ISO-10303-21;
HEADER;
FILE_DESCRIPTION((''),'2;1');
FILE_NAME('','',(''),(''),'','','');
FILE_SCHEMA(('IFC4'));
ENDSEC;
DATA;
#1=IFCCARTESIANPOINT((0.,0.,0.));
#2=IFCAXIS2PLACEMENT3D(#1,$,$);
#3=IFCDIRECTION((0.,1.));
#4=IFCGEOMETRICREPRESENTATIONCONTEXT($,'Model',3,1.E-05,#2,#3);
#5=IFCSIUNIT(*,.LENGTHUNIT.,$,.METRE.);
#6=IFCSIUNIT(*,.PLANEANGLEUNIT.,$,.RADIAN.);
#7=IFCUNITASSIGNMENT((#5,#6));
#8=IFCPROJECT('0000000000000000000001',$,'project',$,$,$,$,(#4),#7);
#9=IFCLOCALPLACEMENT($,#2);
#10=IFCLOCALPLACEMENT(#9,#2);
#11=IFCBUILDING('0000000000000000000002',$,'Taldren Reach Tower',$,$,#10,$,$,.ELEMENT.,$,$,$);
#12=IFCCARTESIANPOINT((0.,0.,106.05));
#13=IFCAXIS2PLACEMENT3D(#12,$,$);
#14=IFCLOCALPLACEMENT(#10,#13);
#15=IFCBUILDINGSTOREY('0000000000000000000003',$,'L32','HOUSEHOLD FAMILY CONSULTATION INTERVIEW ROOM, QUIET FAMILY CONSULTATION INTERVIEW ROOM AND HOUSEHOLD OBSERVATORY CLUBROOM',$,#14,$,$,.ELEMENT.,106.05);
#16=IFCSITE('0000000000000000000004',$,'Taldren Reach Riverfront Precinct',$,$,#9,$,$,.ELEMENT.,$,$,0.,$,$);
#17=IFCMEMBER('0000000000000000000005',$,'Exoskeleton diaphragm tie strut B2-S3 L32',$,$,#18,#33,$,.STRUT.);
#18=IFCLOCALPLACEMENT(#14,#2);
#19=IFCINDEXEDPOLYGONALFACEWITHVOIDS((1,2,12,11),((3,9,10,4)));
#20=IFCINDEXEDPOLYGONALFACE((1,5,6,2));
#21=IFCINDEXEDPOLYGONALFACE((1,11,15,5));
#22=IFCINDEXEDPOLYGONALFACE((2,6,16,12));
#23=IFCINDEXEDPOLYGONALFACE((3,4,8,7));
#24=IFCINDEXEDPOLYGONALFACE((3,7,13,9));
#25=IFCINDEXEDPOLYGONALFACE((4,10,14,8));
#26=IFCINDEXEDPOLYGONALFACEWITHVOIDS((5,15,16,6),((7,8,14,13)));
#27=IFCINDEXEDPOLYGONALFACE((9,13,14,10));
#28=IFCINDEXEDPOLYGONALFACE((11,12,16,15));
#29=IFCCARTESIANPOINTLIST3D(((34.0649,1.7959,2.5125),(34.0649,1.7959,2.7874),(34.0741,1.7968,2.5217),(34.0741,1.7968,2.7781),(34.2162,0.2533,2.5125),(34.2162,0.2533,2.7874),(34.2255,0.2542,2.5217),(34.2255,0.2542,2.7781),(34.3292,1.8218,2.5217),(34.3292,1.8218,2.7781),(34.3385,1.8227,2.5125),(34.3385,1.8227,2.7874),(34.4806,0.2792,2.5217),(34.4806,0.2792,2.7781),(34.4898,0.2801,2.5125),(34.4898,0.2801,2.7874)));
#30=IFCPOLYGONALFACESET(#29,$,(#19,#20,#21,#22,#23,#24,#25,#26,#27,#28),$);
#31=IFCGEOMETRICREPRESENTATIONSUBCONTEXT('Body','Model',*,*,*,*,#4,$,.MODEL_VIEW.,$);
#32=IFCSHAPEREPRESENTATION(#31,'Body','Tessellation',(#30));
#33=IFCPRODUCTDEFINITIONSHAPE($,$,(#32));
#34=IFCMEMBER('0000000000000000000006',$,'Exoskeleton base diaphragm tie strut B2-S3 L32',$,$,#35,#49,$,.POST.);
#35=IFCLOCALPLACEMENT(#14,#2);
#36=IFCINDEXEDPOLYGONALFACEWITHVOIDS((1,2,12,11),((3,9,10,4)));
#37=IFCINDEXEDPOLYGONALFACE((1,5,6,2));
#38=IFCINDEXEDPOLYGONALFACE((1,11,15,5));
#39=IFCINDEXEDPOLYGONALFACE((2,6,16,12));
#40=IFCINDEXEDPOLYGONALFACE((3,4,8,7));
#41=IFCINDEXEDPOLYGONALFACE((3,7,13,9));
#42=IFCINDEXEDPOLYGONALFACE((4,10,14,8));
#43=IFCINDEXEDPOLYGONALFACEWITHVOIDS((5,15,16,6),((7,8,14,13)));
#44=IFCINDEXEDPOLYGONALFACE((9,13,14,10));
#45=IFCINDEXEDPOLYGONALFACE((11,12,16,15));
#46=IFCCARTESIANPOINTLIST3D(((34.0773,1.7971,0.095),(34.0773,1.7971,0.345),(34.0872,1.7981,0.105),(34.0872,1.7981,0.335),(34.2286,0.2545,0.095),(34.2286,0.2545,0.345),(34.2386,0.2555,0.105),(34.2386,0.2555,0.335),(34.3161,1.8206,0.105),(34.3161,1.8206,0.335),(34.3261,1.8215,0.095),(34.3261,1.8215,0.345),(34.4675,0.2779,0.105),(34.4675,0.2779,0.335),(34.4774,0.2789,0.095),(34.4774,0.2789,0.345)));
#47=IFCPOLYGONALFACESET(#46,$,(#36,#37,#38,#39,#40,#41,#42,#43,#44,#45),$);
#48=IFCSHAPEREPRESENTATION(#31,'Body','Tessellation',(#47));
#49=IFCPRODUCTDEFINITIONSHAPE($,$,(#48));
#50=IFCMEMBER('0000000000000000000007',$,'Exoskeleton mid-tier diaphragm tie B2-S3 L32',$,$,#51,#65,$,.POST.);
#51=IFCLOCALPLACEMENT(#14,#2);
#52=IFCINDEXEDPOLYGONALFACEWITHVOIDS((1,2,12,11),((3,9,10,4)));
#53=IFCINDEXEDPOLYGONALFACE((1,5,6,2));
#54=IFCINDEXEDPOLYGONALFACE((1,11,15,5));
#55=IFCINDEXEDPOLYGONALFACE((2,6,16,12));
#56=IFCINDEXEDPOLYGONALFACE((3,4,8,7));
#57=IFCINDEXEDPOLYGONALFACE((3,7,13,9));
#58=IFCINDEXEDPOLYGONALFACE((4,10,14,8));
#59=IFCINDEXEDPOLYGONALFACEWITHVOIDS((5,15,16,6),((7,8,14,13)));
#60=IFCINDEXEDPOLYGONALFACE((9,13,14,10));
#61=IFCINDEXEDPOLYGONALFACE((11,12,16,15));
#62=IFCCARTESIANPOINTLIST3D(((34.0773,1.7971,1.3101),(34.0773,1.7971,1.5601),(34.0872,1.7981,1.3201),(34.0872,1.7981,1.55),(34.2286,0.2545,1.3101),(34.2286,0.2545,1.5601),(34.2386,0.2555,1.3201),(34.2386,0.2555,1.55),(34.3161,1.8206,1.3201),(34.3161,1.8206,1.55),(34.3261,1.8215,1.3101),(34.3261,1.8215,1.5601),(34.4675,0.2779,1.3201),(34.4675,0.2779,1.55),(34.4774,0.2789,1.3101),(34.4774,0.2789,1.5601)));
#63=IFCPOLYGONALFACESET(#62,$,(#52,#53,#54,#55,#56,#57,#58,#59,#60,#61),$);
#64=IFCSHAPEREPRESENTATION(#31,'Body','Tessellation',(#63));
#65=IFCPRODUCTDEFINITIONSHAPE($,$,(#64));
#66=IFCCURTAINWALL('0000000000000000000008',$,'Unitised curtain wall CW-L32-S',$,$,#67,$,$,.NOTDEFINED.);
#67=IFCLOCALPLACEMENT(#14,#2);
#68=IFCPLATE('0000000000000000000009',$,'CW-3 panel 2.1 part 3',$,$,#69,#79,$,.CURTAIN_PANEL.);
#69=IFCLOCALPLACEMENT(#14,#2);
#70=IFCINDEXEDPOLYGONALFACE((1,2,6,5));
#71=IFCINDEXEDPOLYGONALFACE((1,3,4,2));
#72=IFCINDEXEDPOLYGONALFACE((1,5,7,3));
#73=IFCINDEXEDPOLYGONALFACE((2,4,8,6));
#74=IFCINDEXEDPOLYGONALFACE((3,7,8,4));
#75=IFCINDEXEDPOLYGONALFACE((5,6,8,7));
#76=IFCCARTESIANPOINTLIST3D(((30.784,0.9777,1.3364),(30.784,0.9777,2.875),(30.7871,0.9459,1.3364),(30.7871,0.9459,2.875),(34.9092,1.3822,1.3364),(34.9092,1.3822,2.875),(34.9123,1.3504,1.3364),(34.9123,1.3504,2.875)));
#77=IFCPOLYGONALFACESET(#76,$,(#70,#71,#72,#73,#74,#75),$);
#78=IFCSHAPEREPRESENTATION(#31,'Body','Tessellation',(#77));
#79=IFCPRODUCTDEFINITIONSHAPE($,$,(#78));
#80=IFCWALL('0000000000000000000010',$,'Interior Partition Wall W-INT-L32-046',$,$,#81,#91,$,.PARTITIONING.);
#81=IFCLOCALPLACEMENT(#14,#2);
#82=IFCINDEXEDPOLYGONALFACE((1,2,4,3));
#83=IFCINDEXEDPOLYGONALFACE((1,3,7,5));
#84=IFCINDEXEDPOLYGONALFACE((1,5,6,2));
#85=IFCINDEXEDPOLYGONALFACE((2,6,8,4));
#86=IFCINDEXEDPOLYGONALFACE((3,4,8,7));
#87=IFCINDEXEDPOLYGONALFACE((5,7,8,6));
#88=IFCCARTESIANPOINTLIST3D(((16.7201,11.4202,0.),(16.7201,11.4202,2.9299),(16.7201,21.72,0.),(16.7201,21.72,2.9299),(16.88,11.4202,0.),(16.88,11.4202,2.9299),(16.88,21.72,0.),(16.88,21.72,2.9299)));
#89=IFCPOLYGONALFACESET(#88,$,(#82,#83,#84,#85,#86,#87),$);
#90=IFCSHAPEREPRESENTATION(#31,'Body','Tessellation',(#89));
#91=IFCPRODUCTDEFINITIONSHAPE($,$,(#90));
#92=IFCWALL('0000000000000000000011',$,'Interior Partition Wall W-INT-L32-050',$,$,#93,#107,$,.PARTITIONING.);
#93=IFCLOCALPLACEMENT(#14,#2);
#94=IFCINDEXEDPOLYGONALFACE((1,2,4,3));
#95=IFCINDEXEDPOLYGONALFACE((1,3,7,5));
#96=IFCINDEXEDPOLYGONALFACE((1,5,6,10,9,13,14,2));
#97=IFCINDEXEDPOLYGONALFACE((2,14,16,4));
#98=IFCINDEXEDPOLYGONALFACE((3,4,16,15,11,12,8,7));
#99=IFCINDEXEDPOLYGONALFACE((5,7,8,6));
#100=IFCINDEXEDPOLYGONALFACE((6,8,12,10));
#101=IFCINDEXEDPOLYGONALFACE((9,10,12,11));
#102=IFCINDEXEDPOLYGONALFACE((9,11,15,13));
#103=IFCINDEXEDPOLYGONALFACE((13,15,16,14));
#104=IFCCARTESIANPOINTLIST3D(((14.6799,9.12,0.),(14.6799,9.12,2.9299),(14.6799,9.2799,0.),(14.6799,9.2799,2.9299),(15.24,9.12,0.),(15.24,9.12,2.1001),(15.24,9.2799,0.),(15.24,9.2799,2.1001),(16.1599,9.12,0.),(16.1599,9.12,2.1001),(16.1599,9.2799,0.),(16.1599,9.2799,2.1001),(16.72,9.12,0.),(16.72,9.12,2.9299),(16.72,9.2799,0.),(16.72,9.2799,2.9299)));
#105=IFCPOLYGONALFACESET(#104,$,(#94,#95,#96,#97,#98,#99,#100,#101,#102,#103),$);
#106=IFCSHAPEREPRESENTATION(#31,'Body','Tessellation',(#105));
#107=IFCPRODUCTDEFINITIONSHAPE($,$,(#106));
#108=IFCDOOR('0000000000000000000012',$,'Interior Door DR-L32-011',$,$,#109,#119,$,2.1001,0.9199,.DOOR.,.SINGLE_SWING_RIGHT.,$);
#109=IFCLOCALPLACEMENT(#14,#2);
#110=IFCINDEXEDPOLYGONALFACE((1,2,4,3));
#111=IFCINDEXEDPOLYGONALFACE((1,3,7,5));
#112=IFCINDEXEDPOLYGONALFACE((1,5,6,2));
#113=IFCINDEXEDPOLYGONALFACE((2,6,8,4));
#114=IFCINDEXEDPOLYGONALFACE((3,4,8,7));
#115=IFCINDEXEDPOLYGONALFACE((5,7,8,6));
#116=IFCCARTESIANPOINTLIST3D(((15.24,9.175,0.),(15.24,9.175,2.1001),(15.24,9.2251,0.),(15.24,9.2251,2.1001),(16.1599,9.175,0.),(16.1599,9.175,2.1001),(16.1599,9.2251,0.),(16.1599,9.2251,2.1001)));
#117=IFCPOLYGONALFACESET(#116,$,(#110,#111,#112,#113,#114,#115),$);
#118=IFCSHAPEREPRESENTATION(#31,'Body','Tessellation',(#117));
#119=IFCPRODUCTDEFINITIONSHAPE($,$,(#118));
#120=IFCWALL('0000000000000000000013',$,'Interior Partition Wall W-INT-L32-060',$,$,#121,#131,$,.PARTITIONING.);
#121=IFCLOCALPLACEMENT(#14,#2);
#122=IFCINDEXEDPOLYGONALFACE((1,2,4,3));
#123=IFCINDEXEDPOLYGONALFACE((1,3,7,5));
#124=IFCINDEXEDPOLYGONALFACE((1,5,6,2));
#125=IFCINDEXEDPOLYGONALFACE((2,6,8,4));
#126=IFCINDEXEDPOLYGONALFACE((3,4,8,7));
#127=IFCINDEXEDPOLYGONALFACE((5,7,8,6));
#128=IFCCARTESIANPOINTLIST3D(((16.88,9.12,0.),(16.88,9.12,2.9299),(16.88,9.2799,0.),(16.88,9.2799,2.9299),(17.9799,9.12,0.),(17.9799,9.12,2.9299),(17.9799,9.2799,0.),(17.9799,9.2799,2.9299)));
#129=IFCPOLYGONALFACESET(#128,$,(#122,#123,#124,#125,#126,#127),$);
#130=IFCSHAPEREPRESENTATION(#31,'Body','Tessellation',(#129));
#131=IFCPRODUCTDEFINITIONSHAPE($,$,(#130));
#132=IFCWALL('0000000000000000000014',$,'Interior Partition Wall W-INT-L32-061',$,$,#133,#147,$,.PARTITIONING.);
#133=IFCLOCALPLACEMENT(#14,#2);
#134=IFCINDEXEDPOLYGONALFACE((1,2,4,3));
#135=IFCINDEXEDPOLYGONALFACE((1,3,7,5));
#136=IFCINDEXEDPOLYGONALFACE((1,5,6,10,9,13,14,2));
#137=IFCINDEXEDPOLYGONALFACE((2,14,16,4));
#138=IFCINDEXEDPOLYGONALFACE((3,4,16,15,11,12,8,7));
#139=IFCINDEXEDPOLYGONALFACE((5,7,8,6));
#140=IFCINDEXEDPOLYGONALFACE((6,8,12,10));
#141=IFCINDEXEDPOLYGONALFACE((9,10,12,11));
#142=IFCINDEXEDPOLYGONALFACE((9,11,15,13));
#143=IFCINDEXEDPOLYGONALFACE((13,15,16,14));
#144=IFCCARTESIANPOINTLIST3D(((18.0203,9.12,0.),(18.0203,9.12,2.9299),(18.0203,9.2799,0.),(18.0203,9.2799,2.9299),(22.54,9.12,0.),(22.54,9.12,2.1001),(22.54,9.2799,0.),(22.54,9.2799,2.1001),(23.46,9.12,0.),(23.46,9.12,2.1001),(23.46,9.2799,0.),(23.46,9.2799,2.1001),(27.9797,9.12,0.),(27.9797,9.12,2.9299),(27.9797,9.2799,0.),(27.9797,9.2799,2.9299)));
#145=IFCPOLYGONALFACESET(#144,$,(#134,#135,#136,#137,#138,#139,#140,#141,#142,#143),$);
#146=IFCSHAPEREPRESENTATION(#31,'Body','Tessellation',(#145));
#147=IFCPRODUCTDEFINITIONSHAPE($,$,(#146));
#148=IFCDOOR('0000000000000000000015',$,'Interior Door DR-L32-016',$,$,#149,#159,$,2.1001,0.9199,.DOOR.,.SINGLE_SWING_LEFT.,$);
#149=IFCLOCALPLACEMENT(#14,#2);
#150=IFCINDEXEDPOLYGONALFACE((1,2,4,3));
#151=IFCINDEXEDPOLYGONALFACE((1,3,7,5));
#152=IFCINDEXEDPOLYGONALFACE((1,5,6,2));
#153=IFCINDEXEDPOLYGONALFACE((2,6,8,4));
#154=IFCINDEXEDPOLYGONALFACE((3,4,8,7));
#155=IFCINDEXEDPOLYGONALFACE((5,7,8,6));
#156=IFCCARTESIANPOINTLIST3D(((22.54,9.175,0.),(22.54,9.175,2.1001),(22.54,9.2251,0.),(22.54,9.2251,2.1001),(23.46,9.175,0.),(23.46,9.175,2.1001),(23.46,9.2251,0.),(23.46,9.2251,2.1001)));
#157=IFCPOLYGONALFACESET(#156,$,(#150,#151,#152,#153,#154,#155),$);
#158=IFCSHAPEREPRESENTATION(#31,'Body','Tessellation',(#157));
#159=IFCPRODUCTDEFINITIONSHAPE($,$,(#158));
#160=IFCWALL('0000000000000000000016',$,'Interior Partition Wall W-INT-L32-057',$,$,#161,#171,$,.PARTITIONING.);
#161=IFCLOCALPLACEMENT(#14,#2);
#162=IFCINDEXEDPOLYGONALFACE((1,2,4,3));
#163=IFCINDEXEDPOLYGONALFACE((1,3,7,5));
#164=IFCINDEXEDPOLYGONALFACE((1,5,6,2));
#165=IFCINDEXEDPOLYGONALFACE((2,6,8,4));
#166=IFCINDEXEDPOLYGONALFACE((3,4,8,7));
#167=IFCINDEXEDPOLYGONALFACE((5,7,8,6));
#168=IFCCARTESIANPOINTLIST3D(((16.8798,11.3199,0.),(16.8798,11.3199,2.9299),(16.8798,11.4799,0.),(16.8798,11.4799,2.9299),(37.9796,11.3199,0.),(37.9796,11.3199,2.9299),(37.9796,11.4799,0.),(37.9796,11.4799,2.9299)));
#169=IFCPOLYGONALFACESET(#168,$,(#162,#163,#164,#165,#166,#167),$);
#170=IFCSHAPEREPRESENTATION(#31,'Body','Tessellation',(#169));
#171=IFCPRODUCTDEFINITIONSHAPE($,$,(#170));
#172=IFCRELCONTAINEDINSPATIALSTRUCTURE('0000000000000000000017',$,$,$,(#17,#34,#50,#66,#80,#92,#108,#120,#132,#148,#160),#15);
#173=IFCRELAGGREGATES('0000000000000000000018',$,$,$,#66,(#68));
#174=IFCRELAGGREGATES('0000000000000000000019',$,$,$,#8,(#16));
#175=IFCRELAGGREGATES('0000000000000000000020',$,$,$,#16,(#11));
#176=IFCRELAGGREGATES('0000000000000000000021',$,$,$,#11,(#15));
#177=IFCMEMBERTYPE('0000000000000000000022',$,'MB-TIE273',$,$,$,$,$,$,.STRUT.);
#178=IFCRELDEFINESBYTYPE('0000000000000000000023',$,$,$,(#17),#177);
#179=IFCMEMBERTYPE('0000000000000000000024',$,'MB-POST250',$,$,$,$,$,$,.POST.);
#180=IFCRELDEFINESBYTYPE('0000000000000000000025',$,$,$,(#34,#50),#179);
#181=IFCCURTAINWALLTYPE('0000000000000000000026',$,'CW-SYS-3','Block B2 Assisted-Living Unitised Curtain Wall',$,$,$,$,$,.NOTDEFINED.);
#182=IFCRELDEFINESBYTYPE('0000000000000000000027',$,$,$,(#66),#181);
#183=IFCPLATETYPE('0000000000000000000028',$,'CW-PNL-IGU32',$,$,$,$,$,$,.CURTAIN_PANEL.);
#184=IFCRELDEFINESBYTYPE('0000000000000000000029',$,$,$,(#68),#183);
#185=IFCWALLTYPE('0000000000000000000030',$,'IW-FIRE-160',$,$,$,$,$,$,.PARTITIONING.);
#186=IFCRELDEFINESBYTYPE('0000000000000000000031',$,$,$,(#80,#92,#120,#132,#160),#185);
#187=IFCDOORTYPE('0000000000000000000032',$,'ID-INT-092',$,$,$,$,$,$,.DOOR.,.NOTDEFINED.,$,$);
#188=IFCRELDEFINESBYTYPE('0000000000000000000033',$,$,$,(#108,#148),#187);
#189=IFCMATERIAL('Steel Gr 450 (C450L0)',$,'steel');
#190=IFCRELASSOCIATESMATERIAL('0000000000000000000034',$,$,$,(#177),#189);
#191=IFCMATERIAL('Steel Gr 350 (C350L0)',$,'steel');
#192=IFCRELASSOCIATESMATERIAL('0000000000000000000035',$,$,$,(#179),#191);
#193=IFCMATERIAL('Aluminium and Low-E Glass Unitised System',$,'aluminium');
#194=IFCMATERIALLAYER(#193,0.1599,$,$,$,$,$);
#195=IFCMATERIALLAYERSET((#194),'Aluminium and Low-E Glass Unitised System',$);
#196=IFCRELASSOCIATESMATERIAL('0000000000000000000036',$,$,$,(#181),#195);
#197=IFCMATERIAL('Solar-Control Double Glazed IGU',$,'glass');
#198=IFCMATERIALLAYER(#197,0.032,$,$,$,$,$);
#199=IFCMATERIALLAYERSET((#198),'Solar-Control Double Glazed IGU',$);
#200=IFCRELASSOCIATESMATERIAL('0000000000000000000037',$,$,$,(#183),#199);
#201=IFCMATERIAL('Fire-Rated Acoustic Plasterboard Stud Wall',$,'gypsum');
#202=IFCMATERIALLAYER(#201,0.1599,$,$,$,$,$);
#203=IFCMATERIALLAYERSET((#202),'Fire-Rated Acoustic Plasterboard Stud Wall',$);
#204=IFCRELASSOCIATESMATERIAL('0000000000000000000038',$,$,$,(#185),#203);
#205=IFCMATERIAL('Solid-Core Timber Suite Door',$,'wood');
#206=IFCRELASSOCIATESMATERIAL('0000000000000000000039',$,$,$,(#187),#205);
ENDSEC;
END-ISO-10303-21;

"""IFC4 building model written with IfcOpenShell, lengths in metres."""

from ifc_helpers import new_model, si_unit, direction, frame, frame_2d, origin, origin_2d, place, context, subcontext, project, spatial, rectangle, hollow_rectangle, extrude, source, transform, mapped, material, layer, layer_set, material_profile, profile_set, type_object, element, fill, aggregate, save


model = new_model("IFC4")

# Units and contexts
model_context = context("Model", 3, precision=1e-05, world=origin(), true_north=direction((0.0, 1.0)))
body_context = subcontext(model_context, "Body", "Model", "MODEL_VIEW")
ifc_project = project(units=[si_unit("LENGTHUNIT", "METRE"), si_unit("PLANEANGLEUNIT", "RADIAN")], contexts=[model_context])

# Site, building, storey
site_placement = place(None, origin())
site = spatial("IfcSite", under=ifc_project, at=site_placement, Name="Taldren Reach Riverfront Precinct", CompositionType="ELEMENT", RefElevation=0.0)
building_placement = place(site_placement, origin())
building = spatial("IfcBuilding", under=site, at=building_placement, Name="Taldren Reach Tower", CompositionType="ELEMENT")
storey_placement = place(building_placement, frame((0.0, 0.0, 106.05)))
storey = spatial("IfcBuildingStorey", under=building, at=storey_placement, Name="L32", Description="HOUSEHOLD FAMILY CONSULTATION INTERVIEW ROOM, QUIET FAMILY CONSULTATION INTERVIEW ROOM AND HOUSEHOLD OBSERVATORY CLUBROOM", CompositionType="ELEMENT", Elevation=106.05)

# Members
ifc_material_1 = material(Name="Steel Gr 450 (C450L0)", Category="steel")
ifc_material_profile_1 = material_profile(ifc_material_1, hollow_rectangle(XDim=0.2749, YDim=0.2749, WallThickness=0.0093, at=origin_2d()), Name="275x275x9.3SHS")
ifc_profile_set_1 = profile_set([ifc_material_profile_1], Name="Steel Gr 450 (C450L0)")
member_type_1 = type_object("IfcMemberType", Name="MB-TIE273", PredefinedType="STRUT", material=ifc_profile_set_1)
shared_shape_1 = source(origin(), body_context, "Body", "SweptSolid", [
    extrude(hollow_rectangle(XDim=0.2749, YDim=0.2749, WallThickness=0.0093, at=origin_2d()), origin(), (0.0, 0.0, 1.0), 1.55),
])
member_placement = place(storey_placement, frame((34.2017, 1.8093, 2.6499), z_axis=(0.097648, -0.995221, 0.0), x_axis=(0.995221, 0.097648, 0.0)))
element("IfcMember", 1, at=member_placement, inside=storey, type_object=member_type_1, Name="Exoskeleton diaphragm tie strut B2-S3 L32", PredefinedType="STRUT", context=body_context, shape_type="MappedRepresentation", body=[
    mapped(shared_shape_1, transform((0.0, 0.0, 0.0), scale=1.0)),
])
ifc_material_2 = material(Name="Steel Gr 350 (C350L0)", Category="steel")
ifc_material_profile_2 = material_profile(ifc_material_2, hollow_rectangle(XDim=0.25, YDim=0.25, WallThickness=0.01, at=origin_2d()), Name="250x250x10.0SHS")
ifc_profile_set_2 = profile_set([ifc_material_profile_2], Name="Steel Gr 350 (C350L0)")
member_type_2 = type_object("IfcMemberType", Name="MB-POST250", PredefinedType="POST", material=ifc_profile_set_2)
shared_shape_2 = source(origin(), body_context, "Body", "SweptSolid", [
    extrude(hollow_rectangle(XDim=0.25, YDim=0.25, WallThickness=0.01, at=origin_2d()), origin(), (0.0, 0.0, 1.0), 1.55),
])
for number, where, z_axis, x_axis, name in (
    (2, (34.2017, 1.8093, 0.22), (0.097648, -0.995221, 0.0), (0.995221, 0.097648, 0.0), "Exoskeleton base diaphragm tie strut B2-S3 L32"),
    (3, (34.2017, 1.8093, 1.4351), (0.097648, -0.995221, 0.0), (0.995221, 0.097648, 0.0), "Exoskeleton mid-tier diaphragm tie B2-S3 L32"),
):
    element("IfcMember", number, at=place(storey_placement, frame(where, z_axis=z_axis, x_axis=x_axis)), inside=storey, type_object=member_type_2, Name=name, PredefinedType="POST", context=body_context, shape_type="MappedRepresentation", body=[
        mapped(shared_shape_2, transform((0.0, 0.0, 0.0), scale=1.0)),
    ])

# Curtain wall, plate
ifc_material_3 = material(Name="Aluminium and Low-E Glass Unitised System", Category="aluminium")
ifc_layer_1 = layer(ifc_material_3, 0.1599)
ifc_layer_set_1 = layer_set([ifc_layer_1], Name="Aluminium and Low-E Glass Unitised System")
curtain_wall_type = type_object("IfcCurtainWallType", Name="CW-SYS-3", Description="Block B2 Assisted-Living Unitised Curtain Wall", PredefinedType="NOTDEFINED", material=ifc_layer_set_1)
curtain_wall_placement = place(storey_placement, origin())
curtain_wall = element("IfcCurtainWall", 4, at=curtain_wall_placement, inside=storey, type_object=curtain_wall_type, Name="Unitised curtain wall CW-L32-S", PredefinedType="NOTDEFINED")
ifc_material_4 = material(Name="Solar-Control Double Glazed IGU", Category="glass")
ifc_layer_2 = layer(ifc_material_4, 0.032)
ifc_layer_set_2 = layer_set([ifc_layer_2], Name="Solar-Control Double Glazed IGU")
plate_type = type_object("IfcPlateType", Name="CW-PNL-IGU32", PredefinedType="CURTAIN_PANEL", material=ifc_layer_set_2)
shared_shape_3 = source(origin(), body_context, "Body", "SweptSolid", [
    extrude(rectangle(XDim=4.145, YDim=0.032, at=origin_2d()), origin(), (0.0, 0.0, 1.0), 1.5386),
])
plate_placement = place(storey_placement, frame((32.8481, 1.1641, 1.3364), z_axis=(0.0, 0.0, 1.0), x_axis=(0.995227, 0.097583, 0.0)))
plate = element("IfcPlate", 5, at=plate_placement, type_object=plate_type, Name="CW-3 panel 2.1 part 3", PredefinedType="CURTAIN_PANEL", context=body_context, shape_type="MappedRepresentation", body=[
    mapped(shared_shape_3, transform((0.0, 0.0, 0.0), scale=1.0)),
])
aggregate(curtain_wall, [plate])

# Wall
ifc_material_5 = material(Name="Fire-Rated Acoustic Plasterboard Stud Wall", Category="gypsum")
ifc_layer_3 = layer(ifc_material_5, 0.1599)
ifc_layer_set_3 = layer_set([ifc_layer_3], Name="Fire-Rated Acoustic Plasterboard Stud Wall")
wall_type_1 = type_object("IfcWallType", Name="IW-FIRE-160", PredefinedType="PARTITIONING", material=ifc_layer_set_3)
shared_shape_4 = source(origin(), body_context, "Body", "SweptSolid", [
    extrude(rectangle(XDim=10.2998, YDim=0.1599, at=frame_2d((5.1499, 0.0))), origin(), (0.0, 0.0, 1.0), 2.9299),
])
wall_1_placement = place(storey_placement, frame((16.8, 21.72, 0.0), z_axis=(0.0, 0.0, 1.0), x_axis=(0.0, -1.0, 0.0)))
element("IfcWall", 6, at=wall_1_placement, inside=storey, type_object=wall_type_1, Name="Interior Partition Wall W-INT-L32-046", PredefinedType="PARTITIONING", context=body_context, shape_type="MappedRepresentation", body=[
    mapped(shared_shape_4, transform((0.0, 0.0, 0.0), scale=1.0)),
])

# Wall, opening, door
shared_shape_5 = source(origin(), body_context, "Body", "SweptSolid", [
    extrude(rectangle(XDim=2.04, YDim=0.1599, at=frame_2d((1.02, 0.0))), origin(), (0.0, 0.0, 1.0), 2.9299),
])
wall_2_placement = place(storey_placement, frame((16.72, 9.2, 0.0), z_axis=(0.0, 0.0, 1.0), x_axis=(-1.0, 0.0, 0.0)))
wall_2 = element("IfcWall", 7, at=wall_2_placement, inside=storey, type_object=wall_type_1, Name="Interior Partition Wall W-INT-L32-050", PredefinedType="PARTITIONING", context=body_context, shape_type="MappedRepresentation", body=[
    mapped(shared_shape_5, transform((0.0, 0.0, 0.0), scale=1.0)),
])
shared_shape_6 = source(origin(), body_context, "Body", "SweptSolid", [
    extrude(rectangle(XDim=0.9199, YDim=2.1001, at=frame_2d((0.46, 1.05))), frame((0.0, 0.0898, 0.0), z_axis=(0.0, -1.0, 0.0), x_axis=(1.0, 0.0, 0.0)), (0.0, 0.0, 1.0), 0.1799),
])
opening_1_placement = place(wall_2_placement, frame((0.5601, 0.0, 0.0)))
opening_1 = element("IfcOpeningElement", 8, at=opening_1_placement, cuts=wall_2, PredefinedType="OPENING", context=body_context, shape_type="MappedRepresentation", body=[
    mapped(shared_shape_6, transform((0.0, 0.0, 0.0), scale=1.0)),
])
ifc_material_6 = material(Name="Solid-Core Timber Suite Door", Category="wood")
door_type = type_object("IfcDoorType", Name="ID-INT-092", OperationType="NOTDEFINED", PredefinedType="DOOR", material=ifc_material_6)
shared_shape_7 = source(origin(), body_context, "Body", "SweptSolid", [
    extrude(rectangle(XDim=0.9199, YDim=2.1001, at=frame_2d((0.46, 1.05))), frame((0.0, 0.0249, 0.0), z_axis=(0.0, -1.0, 0.0), x_axis=(1.0, 0.0, 0.0)), (0.0, 0.0, 1.0), 0.05),
])
door_1_placement = place(opening_1_placement, origin())
door_1 = element("IfcDoor", 9, at=door_1_placement, inside=storey, type_object=door_type, Name="Interior Door DR-L32-011", OperationType="SINGLE_SWING_RIGHT", OverallHeight=2.1001, OverallWidth=0.9199, PredefinedType="DOOR", context=body_context, shape_type="MappedRepresentation", body=[
    mapped(shared_shape_7, transform((0.0, 0.0, 0.0), scale=1.0)),
])
fill(opening_1, door_1)

# Wall
shared_shape_8 = source(origin(), body_context, "Body", "SweptSolid", [
    extrude(rectangle(XDim=1.0999, YDim=0.1599, at=frame_2d((0.5498, 0.0))), origin(), (0.0, 0.0, 1.0), 2.9299),
])
wall_3_placement = place(storey_placement, frame((17.9797, 9.2, 0.0), z_axis=(0.0, 0.0, 1.0), x_axis=(-1.0, 0.0, 0.0)))
element("IfcWall", 10, at=wall_3_placement, inside=storey, type_object=wall_type_1, Name="Interior Partition Wall W-INT-L32-060", PredefinedType="PARTITIONING", context=body_context, shape_type="MappedRepresentation", body=[
    mapped(shared_shape_8, transform((0.0, 0.0, 0.0), scale=1.0)),
])

# Wall, opening, door
shared_shape_9 = source(origin(), body_context, "Body", "SweptSolid", [
    extrude(rectangle(XDim=9.9595, YDim=0.1599, at=frame_2d((4.9797, 0.0))), origin(), (0.0, 0.0, 1.0), 2.9299),
])
wall_4_placement = place(storey_placement, frame((27.9797, 9.2, 0.0), z_axis=(0.0, 0.0, 1.0), x_axis=(-1.0, 0.0, 0.0)))
wall_4 = element("IfcWall", 11, at=wall_4_placement, inside=storey, type_object=wall_type_1, Name="Interior Partition Wall W-INT-L32-061", PredefinedType="PARTITIONING", context=body_context, shape_type="MappedRepresentation", body=[
    mapped(shared_shape_9, transform((0.0, 0.0, 0.0), scale=1.0)),
])
opening_2_placement = place(wall_4_placement, frame((4.5198, 0.0, 0.0)))
opening_2 = element("IfcOpeningElement", 12, at=opening_2_placement, cuts=wall_4, PredefinedType="OPENING", context=body_context, shape_type="MappedRepresentation", body=[
    mapped(shared_shape_6, transform((0.0, 0.0, 0.0), scale=1.0)),
])
door_2_placement = place(opening_2_placement, origin())
door_2 = element("IfcDoor", 13, at=door_2_placement, inside=storey, type_object=door_type, Name="Interior Door DR-L32-016", OperationType="SINGLE_SWING_LEFT", OverallHeight=2.1001, OverallWidth=0.9199, PredefinedType="DOOR", context=body_context, shape_type="MappedRepresentation", body=[
    mapped(shared_shape_7, transform((0.0, 0.0, 0.0), scale=1.0)),
])
fill(opening_2, door_2)

# Wall
shared_shape_10 = source(origin(), body_context, "Body", "SweptSolid", [
    extrude(rectangle(XDim=21.0999, YDim=0.1599, at=frame_2d((10.5498, 0.0))), origin(), (0.0, 0.0, 1.0), 2.9299),
])
wall_5_placement = place(storey_placement, frame((16.8799, 11.3999, 0.0), z_axis=(0.0, 0.0, 1.0), x_axis=(1.0, 0.0, 0.0)))
element("IfcWall", 14, at=wall_5_placement, inside=storey, type_object=wall_type_1, Name="Interior Partition Wall W-INT-L32-057", PredefinedType="PARTITIONING", context=body_context, shape_type="MappedRepresentation", body=[
    mapped(shared_shape_10, transform((0.0, 0.0, 0.0), scale=1.0)),
])

save(model, "model.ifc")
